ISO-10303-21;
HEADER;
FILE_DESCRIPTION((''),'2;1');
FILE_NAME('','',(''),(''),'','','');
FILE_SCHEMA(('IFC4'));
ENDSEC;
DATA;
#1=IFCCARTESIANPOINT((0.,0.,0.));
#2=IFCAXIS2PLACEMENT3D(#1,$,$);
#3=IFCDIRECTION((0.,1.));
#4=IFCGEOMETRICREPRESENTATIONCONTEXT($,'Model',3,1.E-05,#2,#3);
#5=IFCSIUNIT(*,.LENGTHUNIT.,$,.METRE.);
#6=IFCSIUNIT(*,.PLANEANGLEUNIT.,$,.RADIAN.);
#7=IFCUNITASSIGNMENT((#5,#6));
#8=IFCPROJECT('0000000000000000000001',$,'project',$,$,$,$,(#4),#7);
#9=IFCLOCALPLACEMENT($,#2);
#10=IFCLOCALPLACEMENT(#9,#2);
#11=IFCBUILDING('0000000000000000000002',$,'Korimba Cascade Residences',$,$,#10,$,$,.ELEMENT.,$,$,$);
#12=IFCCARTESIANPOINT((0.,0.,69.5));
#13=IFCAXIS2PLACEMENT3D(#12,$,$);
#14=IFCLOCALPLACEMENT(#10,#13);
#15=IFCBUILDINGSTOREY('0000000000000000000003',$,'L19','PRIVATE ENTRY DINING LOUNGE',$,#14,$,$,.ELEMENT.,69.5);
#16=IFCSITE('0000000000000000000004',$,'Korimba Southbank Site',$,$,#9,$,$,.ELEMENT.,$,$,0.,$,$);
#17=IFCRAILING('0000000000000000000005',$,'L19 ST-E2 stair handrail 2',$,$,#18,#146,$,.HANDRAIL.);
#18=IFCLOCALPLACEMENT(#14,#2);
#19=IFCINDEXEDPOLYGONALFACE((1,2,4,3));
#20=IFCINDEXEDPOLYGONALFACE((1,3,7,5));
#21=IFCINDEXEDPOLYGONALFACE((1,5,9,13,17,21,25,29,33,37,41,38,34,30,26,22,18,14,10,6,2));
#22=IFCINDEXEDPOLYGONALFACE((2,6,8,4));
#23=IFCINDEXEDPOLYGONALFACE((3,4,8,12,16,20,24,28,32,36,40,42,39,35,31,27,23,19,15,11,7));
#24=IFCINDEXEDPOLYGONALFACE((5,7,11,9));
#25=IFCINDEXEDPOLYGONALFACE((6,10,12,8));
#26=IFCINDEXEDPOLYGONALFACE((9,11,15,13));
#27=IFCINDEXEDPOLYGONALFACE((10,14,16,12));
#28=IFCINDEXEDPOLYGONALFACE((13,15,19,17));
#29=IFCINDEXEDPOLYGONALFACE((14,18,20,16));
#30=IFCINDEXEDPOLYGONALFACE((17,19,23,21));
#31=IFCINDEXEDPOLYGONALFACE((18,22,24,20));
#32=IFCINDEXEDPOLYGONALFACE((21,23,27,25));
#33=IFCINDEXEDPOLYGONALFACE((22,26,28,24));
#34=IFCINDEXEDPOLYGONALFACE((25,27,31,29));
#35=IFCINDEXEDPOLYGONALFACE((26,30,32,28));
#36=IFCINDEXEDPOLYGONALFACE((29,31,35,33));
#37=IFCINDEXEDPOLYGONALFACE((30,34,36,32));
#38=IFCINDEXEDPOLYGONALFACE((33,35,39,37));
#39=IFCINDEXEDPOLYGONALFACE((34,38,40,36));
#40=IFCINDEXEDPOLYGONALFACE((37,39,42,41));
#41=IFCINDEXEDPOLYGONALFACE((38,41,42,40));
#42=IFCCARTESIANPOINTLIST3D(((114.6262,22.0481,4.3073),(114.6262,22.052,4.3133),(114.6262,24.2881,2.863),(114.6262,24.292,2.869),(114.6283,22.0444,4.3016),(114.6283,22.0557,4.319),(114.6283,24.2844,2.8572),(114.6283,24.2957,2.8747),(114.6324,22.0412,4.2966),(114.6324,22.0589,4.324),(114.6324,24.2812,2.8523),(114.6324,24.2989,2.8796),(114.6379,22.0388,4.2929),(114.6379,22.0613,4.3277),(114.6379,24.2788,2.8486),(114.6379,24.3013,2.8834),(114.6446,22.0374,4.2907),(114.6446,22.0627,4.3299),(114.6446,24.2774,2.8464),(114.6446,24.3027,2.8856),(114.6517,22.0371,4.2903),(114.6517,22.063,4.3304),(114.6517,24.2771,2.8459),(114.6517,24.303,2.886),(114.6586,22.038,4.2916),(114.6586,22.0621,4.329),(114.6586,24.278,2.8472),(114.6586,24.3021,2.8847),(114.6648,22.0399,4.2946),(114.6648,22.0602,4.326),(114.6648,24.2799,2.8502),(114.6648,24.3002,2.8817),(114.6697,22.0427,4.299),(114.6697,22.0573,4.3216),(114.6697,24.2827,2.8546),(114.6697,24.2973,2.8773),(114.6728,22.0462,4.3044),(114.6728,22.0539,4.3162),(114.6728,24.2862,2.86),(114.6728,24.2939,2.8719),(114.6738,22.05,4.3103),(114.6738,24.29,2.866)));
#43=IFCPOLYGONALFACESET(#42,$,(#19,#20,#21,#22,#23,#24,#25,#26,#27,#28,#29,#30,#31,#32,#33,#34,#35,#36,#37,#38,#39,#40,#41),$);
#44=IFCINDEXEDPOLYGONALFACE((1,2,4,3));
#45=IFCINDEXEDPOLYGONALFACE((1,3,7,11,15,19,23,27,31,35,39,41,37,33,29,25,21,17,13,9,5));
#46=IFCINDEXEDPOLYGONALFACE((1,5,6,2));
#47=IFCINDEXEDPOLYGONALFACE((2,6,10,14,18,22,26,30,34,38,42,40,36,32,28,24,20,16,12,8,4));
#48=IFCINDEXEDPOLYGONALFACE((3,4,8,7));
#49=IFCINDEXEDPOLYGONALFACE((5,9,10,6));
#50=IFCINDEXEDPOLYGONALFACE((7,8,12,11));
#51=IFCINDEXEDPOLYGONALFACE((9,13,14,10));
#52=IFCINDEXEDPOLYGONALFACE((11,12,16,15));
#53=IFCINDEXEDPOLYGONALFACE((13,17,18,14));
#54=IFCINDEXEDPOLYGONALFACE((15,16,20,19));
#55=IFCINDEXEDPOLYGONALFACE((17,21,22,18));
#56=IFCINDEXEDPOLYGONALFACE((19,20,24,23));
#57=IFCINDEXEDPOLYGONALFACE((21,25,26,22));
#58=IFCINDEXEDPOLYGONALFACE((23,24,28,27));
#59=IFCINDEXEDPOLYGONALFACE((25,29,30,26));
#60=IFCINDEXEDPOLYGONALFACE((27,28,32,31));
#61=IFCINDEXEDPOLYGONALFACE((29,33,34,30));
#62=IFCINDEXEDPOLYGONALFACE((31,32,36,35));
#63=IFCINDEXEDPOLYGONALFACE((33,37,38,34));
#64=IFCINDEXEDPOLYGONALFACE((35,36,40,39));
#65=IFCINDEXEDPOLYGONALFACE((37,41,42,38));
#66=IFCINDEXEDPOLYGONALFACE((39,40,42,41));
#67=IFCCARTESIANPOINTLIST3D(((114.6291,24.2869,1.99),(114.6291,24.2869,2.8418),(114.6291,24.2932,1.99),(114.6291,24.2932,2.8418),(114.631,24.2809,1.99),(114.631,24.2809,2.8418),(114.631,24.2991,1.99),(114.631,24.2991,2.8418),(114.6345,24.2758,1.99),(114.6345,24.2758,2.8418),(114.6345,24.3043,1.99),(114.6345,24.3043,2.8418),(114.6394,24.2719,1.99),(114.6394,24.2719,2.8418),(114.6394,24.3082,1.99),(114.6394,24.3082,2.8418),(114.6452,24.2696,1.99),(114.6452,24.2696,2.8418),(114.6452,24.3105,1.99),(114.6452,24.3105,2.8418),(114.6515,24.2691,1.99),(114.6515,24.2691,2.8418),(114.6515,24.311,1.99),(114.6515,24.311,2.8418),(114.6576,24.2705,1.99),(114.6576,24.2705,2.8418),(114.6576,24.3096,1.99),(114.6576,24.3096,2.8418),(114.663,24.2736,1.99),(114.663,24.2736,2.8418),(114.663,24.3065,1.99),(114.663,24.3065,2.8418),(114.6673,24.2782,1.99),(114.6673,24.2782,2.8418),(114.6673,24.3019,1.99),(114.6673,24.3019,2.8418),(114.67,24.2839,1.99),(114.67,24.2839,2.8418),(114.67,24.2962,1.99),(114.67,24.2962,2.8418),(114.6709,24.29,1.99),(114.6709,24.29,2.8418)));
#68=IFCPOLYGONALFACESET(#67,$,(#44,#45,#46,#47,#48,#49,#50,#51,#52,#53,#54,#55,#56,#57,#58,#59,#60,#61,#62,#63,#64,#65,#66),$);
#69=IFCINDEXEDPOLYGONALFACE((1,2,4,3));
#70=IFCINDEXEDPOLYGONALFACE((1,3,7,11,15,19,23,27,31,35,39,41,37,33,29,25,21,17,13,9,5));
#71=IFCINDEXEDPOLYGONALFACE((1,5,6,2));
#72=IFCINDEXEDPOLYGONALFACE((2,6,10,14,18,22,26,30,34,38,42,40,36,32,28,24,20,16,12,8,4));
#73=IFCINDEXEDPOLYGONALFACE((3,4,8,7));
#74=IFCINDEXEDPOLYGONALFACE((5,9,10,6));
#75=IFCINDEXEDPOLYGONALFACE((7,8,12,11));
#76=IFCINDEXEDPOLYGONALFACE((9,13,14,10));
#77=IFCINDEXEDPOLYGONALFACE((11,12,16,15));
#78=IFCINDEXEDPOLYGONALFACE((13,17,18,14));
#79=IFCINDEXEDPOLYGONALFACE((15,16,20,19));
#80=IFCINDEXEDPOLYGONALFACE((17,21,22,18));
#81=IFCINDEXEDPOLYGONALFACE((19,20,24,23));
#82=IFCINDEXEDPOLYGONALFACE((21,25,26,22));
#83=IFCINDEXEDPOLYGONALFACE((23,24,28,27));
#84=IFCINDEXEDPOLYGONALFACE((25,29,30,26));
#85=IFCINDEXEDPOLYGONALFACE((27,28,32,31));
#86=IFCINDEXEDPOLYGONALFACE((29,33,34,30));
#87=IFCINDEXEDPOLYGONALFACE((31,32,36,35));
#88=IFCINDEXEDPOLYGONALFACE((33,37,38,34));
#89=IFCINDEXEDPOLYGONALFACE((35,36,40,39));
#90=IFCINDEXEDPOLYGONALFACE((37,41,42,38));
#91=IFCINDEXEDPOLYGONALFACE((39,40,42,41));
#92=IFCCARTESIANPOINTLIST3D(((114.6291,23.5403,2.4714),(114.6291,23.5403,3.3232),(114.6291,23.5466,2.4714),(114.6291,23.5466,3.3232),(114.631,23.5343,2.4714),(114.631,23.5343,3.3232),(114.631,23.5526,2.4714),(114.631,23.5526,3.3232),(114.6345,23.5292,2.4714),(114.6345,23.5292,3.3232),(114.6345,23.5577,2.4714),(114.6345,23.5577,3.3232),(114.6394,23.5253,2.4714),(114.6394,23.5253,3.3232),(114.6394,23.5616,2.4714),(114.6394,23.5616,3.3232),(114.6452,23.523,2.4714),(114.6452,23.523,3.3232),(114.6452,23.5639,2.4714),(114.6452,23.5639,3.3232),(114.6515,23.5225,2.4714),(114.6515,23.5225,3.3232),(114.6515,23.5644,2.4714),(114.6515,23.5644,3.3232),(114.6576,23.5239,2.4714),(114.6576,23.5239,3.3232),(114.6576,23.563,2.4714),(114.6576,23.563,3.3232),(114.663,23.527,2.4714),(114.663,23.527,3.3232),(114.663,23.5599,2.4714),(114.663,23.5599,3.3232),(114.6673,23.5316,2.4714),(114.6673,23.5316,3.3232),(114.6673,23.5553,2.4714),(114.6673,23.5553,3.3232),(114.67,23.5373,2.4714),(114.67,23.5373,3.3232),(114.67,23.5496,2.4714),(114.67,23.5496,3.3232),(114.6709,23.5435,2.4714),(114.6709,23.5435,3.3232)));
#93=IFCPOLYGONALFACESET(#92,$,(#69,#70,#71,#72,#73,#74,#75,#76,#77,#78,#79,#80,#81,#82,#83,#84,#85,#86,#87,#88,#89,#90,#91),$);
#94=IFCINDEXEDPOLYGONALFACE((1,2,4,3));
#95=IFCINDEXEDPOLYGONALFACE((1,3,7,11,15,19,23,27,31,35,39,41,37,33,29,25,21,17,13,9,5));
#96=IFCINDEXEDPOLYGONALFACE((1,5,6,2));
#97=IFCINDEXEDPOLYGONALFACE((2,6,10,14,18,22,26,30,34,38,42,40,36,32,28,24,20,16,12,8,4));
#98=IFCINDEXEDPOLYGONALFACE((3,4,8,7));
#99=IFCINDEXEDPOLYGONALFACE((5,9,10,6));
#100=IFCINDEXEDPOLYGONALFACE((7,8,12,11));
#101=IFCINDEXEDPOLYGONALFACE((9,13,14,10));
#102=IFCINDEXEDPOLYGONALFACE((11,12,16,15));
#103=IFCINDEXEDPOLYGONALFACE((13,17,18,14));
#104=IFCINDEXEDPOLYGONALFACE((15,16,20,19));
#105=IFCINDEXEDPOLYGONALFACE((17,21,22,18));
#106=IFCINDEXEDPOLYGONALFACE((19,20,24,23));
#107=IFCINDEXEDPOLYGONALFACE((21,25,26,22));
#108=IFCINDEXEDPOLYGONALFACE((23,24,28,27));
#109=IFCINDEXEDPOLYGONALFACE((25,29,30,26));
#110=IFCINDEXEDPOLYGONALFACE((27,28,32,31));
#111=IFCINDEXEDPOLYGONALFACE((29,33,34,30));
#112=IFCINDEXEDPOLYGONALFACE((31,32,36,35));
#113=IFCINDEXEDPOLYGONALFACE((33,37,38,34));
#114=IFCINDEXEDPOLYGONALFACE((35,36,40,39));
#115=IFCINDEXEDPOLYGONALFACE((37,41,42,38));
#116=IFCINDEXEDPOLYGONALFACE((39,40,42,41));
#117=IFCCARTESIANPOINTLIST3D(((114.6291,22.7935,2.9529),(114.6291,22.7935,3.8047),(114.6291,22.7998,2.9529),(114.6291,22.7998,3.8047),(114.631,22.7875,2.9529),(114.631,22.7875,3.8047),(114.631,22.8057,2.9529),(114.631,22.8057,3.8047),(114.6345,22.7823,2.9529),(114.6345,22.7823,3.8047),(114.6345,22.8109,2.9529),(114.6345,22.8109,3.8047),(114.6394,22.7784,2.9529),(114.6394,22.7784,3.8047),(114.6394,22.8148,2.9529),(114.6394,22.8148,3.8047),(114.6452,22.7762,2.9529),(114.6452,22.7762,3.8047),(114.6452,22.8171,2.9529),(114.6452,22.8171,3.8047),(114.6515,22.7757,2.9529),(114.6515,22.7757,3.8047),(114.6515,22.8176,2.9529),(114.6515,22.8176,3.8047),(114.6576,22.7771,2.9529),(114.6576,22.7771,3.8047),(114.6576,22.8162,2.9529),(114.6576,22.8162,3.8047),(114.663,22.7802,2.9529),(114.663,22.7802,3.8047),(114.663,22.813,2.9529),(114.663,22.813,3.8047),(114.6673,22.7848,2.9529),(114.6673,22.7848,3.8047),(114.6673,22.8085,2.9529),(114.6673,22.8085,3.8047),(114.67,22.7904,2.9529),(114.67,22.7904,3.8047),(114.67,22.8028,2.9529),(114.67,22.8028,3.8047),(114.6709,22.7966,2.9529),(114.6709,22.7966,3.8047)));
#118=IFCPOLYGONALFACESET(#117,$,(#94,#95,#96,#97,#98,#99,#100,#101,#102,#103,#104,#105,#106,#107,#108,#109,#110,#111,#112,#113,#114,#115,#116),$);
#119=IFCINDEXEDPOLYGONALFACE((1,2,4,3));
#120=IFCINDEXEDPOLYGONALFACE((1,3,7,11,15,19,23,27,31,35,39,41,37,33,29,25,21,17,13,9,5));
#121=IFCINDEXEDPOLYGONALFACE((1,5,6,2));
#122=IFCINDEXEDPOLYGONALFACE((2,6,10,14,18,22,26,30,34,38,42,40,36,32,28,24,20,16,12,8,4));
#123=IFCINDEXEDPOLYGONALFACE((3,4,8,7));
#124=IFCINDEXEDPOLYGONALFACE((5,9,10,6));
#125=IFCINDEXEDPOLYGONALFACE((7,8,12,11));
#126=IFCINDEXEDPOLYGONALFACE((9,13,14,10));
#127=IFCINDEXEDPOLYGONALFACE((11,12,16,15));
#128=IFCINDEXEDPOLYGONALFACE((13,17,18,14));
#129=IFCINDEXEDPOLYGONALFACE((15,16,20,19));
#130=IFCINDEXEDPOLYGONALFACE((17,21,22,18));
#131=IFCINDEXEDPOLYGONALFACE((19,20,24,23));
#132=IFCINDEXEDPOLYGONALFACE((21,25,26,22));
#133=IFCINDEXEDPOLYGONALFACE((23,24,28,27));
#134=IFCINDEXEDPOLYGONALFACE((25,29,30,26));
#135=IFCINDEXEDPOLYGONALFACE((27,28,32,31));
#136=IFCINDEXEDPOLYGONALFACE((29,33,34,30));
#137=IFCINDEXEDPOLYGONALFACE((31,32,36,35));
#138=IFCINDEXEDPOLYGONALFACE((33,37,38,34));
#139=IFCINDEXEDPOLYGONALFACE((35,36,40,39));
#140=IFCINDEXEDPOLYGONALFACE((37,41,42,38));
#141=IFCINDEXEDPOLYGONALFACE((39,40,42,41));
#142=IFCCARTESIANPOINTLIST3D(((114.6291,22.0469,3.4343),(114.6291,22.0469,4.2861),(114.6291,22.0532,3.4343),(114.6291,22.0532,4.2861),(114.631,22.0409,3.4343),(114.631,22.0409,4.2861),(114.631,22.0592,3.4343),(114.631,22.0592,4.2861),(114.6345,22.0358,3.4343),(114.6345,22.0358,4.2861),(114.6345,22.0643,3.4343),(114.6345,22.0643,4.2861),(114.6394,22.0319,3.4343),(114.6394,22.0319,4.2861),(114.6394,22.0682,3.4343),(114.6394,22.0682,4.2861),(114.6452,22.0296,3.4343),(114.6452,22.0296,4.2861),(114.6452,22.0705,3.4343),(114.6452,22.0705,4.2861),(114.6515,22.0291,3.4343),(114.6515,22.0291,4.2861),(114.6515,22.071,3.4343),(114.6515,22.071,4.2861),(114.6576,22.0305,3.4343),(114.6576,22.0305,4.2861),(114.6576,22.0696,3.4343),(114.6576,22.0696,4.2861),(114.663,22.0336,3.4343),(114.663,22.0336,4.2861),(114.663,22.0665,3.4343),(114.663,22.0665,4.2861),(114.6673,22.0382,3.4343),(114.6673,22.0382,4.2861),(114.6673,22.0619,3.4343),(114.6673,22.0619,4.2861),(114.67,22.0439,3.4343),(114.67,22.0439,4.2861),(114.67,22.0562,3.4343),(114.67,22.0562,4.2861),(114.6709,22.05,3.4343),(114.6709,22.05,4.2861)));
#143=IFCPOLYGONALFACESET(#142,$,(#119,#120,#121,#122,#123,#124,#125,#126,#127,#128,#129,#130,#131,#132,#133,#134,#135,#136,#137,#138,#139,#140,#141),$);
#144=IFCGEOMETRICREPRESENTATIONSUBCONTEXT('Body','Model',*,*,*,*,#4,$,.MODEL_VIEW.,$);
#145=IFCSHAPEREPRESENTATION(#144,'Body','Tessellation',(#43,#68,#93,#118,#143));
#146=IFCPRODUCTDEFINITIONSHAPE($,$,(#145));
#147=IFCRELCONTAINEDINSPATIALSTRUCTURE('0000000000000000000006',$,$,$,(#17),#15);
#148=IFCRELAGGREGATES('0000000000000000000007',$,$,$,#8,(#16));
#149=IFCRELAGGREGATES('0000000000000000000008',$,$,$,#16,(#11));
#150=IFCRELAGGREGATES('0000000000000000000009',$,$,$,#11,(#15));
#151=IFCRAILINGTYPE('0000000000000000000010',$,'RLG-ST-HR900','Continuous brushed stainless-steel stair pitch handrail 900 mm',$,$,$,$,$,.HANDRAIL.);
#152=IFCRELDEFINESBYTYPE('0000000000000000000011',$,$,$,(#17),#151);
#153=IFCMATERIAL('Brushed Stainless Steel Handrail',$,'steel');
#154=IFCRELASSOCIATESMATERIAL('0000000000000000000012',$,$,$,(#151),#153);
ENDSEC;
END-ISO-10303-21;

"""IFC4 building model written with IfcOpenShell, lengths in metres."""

from ifc_helpers import new_model, si_unit, direction, frame, origin, origin_2d, place, context, subcontext, project, spatial, circle, extrude, material, type_object, element, save


model = new_model("IFC4")

# Units and contexts
model_context = context("Model", 3, precision=1e-05, world=origin(), true_north=direction((0.0, 1.0)))
body_context = subcontext(model_context, "Body", "Model", "MODEL_VIEW")
ifc_project = project(units=[si_unit("LENGTHUNIT", "METRE"), si_unit("PLANEANGLEUNIT", "RADIAN")], contexts=[model_context])

# Site, building, storey
site_placement = place(None, origin())
site = spatial("IfcSite", under=ifc_project, at=site_placement, Name="Korimba Southbank Site", CompositionType="ELEMENT", RefElevation=0.0)
building_placement = place(site_placement, origin())
building = spatial("IfcBuilding", under=site, at=building_placement, Name="Korimba Cascade Residences", CompositionType="ELEMENT")
storey_placement = place(building_placement, frame((0.0, 0.0, 69.5)))
storey = spatial("IfcBuildingStorey", under=building, at=storey_placement, Name="L19", Description="PRIVATE ENTRY DINING LOUNGE", CompositionType="ELEMENT", Elevation=69.5)

# Railing
ifc_material_1 = material(Name="Brushed Stainless Steel Handrail", Category="steel")
railing_type_1 = type_object("IfcRailingType", Name="RLG-ST-HR900", Description="Continuous brushed stainless-steel stair pitch handrail 900 mm", PredefinedType="HANDRAIL", material=ifc_material_1)
railing_1_placement = place(storey_placement, frame((114.6499, 24.29, 1.99)))
element("IfcRailing", 1, at=railing_1_placement, inside=storey, type_object=railing_type_1, Name="L19 ST-E2 stair handrail 2", PredefinedType="HANDRAIL", context=body_context, shape_type="SweptSolid", body=[
    extrude(circle(Radius=0.0239, at=origin_2d()), frame((0.0, 0.0, 0.876), z_axis=(0.0, -0.840437, 0.54191), x_axis=(1.0, 0.0, 0.0)), (0.0, 0.0, 1.0), 2.6653),
    extrude(circle(Radius=0.021, at=origin_2d()), origin(), (0.0, 0.0, 1.0), 0.8518),
    extrude(circle(Radius=0.021, at=origin_2d()), frame((0.0, -0.7466, 0.4814)), (0.0, 0.0, 1.0), 0.8518),
    extrude(circle(Radius=0.021, at=origin_2d()), frame((0.0, -1.4934, 0.9629)), (0.0, 0.0, 1.0), 0.8518),
    extrude(circle(Radius=0.021, at=origin_2d()), frame((0.0, -2.24, 1.4443)), (0.0, 0.0, 1.0), 0.8518),
])

save(model, "model.ifc")
